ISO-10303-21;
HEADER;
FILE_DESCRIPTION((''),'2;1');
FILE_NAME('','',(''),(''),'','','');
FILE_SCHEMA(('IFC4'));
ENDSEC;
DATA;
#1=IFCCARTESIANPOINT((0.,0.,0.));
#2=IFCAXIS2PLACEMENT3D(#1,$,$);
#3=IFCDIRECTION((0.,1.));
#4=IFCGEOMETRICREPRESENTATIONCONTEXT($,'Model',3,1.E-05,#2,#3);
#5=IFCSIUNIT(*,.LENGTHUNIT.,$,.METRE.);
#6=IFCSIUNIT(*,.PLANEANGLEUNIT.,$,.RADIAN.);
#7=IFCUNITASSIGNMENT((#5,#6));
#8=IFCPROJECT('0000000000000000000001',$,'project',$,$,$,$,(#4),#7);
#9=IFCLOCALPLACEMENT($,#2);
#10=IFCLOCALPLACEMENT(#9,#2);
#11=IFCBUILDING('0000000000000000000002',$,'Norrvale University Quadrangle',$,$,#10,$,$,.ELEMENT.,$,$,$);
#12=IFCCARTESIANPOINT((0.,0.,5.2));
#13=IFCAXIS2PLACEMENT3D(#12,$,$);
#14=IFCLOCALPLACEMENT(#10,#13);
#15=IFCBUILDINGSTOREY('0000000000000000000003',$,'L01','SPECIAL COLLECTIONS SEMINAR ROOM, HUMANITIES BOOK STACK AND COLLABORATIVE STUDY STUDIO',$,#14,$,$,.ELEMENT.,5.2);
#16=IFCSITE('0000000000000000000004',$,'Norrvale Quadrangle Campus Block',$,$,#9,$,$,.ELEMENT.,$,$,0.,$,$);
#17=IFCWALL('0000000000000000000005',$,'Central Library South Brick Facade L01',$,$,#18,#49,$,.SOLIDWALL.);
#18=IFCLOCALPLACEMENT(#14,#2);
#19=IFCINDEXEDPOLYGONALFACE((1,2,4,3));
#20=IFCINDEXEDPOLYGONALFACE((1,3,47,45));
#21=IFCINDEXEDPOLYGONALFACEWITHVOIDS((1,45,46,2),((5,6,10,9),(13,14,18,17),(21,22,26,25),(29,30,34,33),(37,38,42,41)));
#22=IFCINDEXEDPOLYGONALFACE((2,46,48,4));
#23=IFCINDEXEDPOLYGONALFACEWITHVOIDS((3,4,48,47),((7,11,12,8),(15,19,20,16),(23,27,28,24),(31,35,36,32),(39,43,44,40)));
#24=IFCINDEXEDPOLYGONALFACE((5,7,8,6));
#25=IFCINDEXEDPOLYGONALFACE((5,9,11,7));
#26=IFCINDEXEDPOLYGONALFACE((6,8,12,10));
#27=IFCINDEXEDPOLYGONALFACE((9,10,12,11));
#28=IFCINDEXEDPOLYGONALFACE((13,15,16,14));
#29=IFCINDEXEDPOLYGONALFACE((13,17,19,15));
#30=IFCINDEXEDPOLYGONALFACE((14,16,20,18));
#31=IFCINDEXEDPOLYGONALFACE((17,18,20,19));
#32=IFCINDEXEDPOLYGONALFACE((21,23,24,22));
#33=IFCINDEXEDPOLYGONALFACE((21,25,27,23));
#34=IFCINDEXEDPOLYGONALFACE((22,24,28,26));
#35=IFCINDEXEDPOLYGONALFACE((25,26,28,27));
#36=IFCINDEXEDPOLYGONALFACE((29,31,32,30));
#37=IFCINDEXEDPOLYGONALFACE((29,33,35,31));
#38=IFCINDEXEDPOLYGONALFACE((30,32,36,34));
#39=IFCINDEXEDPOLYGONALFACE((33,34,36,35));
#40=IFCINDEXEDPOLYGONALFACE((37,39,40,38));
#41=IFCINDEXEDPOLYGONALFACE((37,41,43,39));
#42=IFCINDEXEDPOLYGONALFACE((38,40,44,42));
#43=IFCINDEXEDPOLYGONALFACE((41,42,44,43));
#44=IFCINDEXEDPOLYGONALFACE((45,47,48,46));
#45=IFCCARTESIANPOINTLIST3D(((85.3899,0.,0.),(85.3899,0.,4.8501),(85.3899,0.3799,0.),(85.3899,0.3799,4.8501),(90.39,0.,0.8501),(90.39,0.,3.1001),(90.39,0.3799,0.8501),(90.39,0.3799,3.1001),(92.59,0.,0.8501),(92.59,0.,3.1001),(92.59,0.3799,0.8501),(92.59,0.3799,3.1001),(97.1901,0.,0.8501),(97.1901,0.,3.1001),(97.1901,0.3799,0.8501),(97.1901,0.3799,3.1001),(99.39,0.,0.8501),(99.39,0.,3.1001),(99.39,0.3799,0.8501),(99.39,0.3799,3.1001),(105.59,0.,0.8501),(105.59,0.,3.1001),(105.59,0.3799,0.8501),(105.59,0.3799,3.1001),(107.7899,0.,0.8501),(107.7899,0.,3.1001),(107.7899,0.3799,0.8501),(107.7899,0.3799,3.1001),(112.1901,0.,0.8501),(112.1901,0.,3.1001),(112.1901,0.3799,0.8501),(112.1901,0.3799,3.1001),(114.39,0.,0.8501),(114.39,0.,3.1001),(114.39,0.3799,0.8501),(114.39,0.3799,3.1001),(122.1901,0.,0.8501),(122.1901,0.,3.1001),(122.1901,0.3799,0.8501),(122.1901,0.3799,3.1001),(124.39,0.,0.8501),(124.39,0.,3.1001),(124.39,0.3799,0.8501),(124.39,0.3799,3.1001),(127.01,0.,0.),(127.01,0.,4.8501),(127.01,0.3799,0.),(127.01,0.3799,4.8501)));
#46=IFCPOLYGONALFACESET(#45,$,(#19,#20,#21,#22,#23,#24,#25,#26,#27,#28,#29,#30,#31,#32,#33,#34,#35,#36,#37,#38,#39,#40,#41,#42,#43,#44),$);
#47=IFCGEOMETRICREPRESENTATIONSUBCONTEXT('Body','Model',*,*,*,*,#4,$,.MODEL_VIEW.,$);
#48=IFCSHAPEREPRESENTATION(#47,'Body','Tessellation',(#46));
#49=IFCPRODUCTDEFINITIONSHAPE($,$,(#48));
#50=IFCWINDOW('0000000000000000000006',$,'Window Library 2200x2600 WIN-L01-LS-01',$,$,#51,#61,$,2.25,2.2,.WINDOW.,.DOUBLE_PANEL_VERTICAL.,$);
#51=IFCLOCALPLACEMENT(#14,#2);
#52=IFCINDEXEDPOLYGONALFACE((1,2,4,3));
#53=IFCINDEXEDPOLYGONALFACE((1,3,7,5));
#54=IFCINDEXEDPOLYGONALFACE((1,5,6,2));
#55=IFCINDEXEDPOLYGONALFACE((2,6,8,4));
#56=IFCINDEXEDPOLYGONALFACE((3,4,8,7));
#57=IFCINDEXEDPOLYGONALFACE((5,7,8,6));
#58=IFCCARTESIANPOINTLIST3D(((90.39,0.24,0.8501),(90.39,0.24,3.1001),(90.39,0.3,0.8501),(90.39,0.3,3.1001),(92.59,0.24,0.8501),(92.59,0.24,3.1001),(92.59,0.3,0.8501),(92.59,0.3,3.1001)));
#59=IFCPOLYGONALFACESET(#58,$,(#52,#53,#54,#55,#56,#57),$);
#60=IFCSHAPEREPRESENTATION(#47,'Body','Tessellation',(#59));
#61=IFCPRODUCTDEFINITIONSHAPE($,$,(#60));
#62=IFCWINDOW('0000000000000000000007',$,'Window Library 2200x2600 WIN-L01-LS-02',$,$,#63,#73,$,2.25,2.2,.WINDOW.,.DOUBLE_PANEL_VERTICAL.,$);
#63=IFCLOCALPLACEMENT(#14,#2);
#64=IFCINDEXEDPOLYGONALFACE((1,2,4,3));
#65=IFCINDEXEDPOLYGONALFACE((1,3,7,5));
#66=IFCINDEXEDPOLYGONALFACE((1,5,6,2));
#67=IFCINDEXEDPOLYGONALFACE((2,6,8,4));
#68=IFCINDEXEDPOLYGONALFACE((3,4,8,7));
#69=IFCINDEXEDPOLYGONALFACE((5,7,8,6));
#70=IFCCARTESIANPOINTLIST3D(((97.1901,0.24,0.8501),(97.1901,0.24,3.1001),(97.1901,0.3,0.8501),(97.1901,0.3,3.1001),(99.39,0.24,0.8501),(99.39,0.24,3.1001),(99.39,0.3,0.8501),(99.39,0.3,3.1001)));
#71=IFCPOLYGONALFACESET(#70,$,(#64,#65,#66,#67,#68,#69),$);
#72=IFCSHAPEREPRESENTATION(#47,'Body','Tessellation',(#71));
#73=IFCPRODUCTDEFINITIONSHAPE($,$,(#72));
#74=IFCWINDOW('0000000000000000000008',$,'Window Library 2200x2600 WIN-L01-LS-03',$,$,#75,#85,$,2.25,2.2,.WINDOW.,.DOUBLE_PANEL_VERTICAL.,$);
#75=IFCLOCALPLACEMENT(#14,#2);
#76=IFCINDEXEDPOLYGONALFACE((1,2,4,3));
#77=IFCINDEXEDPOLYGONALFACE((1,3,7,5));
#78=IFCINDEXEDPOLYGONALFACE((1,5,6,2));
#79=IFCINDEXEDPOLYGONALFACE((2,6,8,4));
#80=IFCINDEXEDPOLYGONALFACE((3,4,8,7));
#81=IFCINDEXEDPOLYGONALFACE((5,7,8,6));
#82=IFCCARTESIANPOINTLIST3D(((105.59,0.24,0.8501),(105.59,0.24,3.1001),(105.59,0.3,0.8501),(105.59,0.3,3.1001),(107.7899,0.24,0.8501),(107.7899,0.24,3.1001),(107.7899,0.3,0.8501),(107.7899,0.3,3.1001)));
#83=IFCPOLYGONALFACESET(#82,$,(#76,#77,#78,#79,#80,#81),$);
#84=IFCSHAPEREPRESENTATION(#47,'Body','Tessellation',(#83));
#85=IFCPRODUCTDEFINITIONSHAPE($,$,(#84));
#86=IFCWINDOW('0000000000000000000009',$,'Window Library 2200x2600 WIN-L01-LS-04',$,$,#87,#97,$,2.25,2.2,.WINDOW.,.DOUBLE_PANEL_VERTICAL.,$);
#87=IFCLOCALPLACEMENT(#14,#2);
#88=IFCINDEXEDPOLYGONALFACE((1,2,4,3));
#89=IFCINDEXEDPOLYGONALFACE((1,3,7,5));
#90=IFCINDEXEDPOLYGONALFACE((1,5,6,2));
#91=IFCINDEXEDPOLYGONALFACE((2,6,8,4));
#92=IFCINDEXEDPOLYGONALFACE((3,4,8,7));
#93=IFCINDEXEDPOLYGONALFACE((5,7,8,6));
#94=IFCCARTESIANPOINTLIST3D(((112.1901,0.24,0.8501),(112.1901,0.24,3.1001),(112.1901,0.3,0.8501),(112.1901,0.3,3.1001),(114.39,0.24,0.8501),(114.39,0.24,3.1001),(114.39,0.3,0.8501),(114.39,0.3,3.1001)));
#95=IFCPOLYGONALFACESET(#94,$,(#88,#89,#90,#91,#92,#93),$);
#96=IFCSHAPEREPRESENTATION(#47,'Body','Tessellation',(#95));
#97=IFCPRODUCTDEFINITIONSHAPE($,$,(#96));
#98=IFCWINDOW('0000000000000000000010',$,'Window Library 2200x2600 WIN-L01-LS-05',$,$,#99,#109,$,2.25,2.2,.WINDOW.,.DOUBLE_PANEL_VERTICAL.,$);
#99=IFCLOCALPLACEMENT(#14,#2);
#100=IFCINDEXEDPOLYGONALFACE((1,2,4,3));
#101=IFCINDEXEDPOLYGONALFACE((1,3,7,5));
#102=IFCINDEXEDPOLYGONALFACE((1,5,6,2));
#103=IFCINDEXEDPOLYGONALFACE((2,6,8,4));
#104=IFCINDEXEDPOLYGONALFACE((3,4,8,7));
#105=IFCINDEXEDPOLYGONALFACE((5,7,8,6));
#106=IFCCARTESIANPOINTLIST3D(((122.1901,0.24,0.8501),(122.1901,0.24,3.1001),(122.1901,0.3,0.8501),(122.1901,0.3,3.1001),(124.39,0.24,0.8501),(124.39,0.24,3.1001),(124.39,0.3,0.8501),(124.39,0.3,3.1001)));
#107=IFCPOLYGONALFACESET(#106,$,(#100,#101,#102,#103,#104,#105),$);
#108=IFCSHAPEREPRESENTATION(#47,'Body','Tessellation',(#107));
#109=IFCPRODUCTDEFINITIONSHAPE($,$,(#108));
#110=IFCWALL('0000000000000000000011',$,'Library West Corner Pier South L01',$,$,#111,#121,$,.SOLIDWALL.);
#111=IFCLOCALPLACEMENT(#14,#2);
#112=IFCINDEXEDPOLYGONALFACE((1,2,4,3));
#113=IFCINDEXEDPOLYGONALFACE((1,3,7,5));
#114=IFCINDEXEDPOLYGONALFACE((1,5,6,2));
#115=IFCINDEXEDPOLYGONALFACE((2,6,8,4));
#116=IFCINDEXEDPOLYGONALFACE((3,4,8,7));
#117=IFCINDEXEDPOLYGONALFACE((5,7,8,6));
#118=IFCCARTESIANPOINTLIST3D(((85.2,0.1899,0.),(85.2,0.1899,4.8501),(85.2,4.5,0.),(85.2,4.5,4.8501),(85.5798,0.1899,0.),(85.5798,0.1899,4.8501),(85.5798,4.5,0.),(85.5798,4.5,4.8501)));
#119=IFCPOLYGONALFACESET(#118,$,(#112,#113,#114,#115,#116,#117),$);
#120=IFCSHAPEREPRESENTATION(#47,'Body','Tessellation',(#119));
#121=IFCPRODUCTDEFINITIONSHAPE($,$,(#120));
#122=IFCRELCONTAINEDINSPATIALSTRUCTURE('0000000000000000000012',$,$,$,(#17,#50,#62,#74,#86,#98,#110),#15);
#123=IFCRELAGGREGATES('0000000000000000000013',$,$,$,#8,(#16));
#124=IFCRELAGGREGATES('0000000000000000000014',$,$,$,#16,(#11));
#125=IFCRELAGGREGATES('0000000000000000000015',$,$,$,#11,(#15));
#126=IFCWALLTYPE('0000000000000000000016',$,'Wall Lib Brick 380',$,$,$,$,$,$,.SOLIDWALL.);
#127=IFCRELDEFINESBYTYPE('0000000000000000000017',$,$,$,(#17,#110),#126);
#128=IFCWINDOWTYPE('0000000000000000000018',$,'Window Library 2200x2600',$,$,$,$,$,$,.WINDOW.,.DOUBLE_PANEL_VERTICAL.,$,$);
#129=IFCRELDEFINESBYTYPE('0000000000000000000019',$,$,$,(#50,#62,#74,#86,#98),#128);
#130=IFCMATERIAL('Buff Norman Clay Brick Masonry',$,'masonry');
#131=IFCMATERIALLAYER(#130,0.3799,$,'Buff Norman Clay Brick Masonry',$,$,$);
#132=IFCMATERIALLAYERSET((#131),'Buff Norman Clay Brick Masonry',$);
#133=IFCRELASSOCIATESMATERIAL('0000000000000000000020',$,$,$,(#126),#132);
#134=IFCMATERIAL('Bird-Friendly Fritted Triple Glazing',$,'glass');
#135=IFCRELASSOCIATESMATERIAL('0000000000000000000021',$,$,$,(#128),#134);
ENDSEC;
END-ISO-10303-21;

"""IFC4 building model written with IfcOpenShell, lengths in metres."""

from ifc_helpers import new_model, si_unit, direction, frame, frame_2d, origin, place, context, subcontext, project, spatial, rectangle, extrude, material, layer, layer_set, type_object, element, fill, save


model = new_model("IFC4")

# Units and contexts
model_context = context("Model", 3, precision=1e-05, world=origin(), true_north=direction((0.0, 1.0)))
body_context = subcontext(model_context, "Body", "Model", "MODEL_VIEW")
ifc_project = project(units=[si_unit("LENGTHUNIT", "METRE"), si_unit("PLANEANGLEUNIT", "RADIAN")], contexts=[model_context])

# Site, building, storey
site_placement = place(None, origin())
site = spatial("IfcSite", under=ifc_project, at=site_placement, Name="Norrvale Quadrangle Campus Block", CompositionType="ELEMENT", RefElevation=0.0)
building_placement = place(site_placement, origin())
building = spatial("IfcBuilding", under=site, at=building_placement, Name="Norrvale University Quadrangle", CompositionType="ELEMENT")
storey_placement = place(building_placement, frame((0.0, 0.0, 5.2)))
storey = spatial("IfcBuildingStorey", under=building, at=storey_placement, Name="L01", Description="SPECIAL COLLECTIONS SEMINAR ROOM, HUMANITIES BOOK STACK AND COLLABORATIVE STUDY STUDIO", CompositionType="ELEMENT", Elevation=5.2)

# Wall, openings, windows
ifc_material_1 = material(Name="Buff Norman Clay Brick Masonry", Category="masonry")
ifc_layer = layer(ifc_material_1, 0.3799, Name="Buff Norman Clay Brick Masonry")
ifc_layer_set = layer_set([ifc_layer], Name="Buff Norman Clay Brick Masonry")
wall_type = type_object("IfcWallType", Name="Wall Lib Brick 380", PredefinedType="SOLIDWALL", material=ifc_layer_set)
wall_1_placement = place(storey_placement, frame((85.3899, 0.1899, 0.0), z_axis=(0.0, 0.0, 1.0), x_axis=(1.0, 0.0, 0.0)))
wall_1 = element("IfcWall", 1, at=wall_1_placement, inside=storey, type_object=wall_type, Name="Central Library South Brick Facade L01", PredefinedType="SOLIDWALL", context=body_context, shape_type="SweptSolid", body=[
    extrude(rectangle(XDim=41.6201, YDim=0.3799, at=frame_2d((20.8101, 0.0))), origin(), (0.0, 0.0, 1.0), 4.8501),
])
opening_1_placement = place(wall_1_placement, frame((5.0, 0.0, 0.8501)))
opening_1 = element("IfcOpeningElement", 2, at=opening_1_placement, cuts=wall_1, PredefinedType="OPENING", context=body_context, shape_type="SweptSolid", body=[
    extrude(rectangle(XDim=2.2, YDim=2.25, at=frame_2d((1.1001, 1.125))), frame((0.0, 0.2019, 0.0), z_axis=(0.0, -1.0, 0.0), x_axis=(1.0, 0.0, 0.0)), (0.0, 0.0, 1.0), 0.4038),
])
opening_2_placement = place(wall_1_placement, frame((11.8, 0.0, 0.8501)))
opening_2 = element("IfcOpeningElement", 3, at=opening_2_placement, cuts=wall_1, PredefinedType="OPENING", context=body_context, shape_type="SweptSolid", body=[
    extrude(rectangle(XDim=2.2, YDim=2.25, at=frame_2d((1.1001, 1.125))), frame((0.0, 0.2019, 0.0), z_axis=(0.0, -1.0, 0.0), x_axis=(1.0, 0.0, 0.0)), (0.0, 0.0, 1.0), 0.4038),
])
opening_3_placement = place(wall_1_placement, frame((20.2, 0.0, 0.8501)))
opening_3 = element("IfcOpeningElement", 4, at=opening_3_placement, cuts=wall_1, PredefinedType="OPENING", context=body_context, shape_type="SweptSolid", body=[
    extrude(rectangle(XDim=2.2, YDim=2.25, at=frame_2d((1.1001, 1.125))), frame((0.0, 0.2019, 0.0), z_axis=(0.0, -1.0, 0.0), x_axis=(1.0, 0.0, 0.0)), (0.0, 0.0, 1.0), 0.4038),
])
opening_4_placement = place(wall_1_placement, frame((26.8, 0.0, 0.8501)))
opening_4 = element("IfcOpeningElement", 5, at=opening_4_placement, cuts=wall_1, PredefinedType="OPENING", context=body_context, shape_type="SweptSolid", body=[
    extrude(rectangle(XDim=2.2, YDim=2.25, at=frame_2d((1.1001, 1.125))), frame((0.0, 0.2019, 0.0), z_axis=(0.0, -1.0, 0.0), x_axis=(1.0, 0.0, 0.0)), (0.0, 0.0, 1.0), 0.4038),
])
opening_5_placement = place(wall_1_placement, frame((36.8, 0.0, 0.8501)))
opening_5 = element("IfcOpeningElement", 6, at=opening_5_placement, cuts=wall_1, PredefinedType="OPENING", context=body_context, shape_type="SweptSolid", body=[
    extrude(rectangle(XDim=2.2, YDim=2.25, at=frame_2d((1.1001, 1.125))), frame((0.0, 0.2019, 0.0), z_axis=(0.0, -1.0, 0.0), x_axis=(1.0, 0.0, 0.0)), (0.0, 0.0, 1.0), 0.4038),
])
ifc_material_2 = material(Name="Bird-Friendly Fritted Triple Glazing", Category="glass")
window_type = type_object("IfcWindowType", Name="Window Library 2200x2600", PartitioningType="DOUBLE_PANEL_VERTICAL", PredefinedType="WINDOW", material=ifc_material_2)
window_1_placement = place(opening_1_placement, origin())
window_1 = element("IfcWindow", 7, at=window_1_placement, inside=storey, type_object=window_type, Name="Window Library 2200x2600 WIN-L01-LS-01", OverallHeight=2.25, OverallWidth=2.2, PartitioningType="DOUBLE_PANEL_VERTICAL", PredefinedType="WINDOW", context=body_context, shape_type="SweptSolid", body=[
    extrude(rectangle(XDim=2.2, YDim=2.25, at=frame_2d((1.1001, 1.125))), frame((0.0, 0.1101, 0.0), z_axis=(0.0, -1.0, 0.0), x_axis=(1.0, 0.0, 0.0)), (0.0, 0.0, 1.0), 0.0601),
])
fill(opening_1, window_1)
window_2_placement = place(opening_2_placement, origin())
window_2 = element("IfcWindow", 8, at=window_2_placement, inside=storey, type_object=window_type, Name="Window Library 2200x2600 WIN-L01-LS-02", OverallHeight=2.25, OverallWidth=2.2, PartitioningType="DOUBLE_PANEL_VERTICAL", PredefinedType="WINDOW", context=body_context, shape_type="SweptSolid", body=[
    extrude(rectangle(XDim=2.2, YDim=2.25, at=frame_2d((1.1001, 1.125))), frame((0.0, 0.1101, 0.0), z_axis=(0.0, -1.0, 0.0), x_axis=(1.0, 0.0, 0.0)), (0.0, 0.0, 1.0), 0.0601),
])
fill(opening_2, window_2)
window_3_placement = place(opening_3_placement, origin())
window_3 = element("IfcWindow", 9, at=window_3_placement, inside=storey, type_object=window_type, Name="Window Library 2200x2600 WIN-L01-LS-03", OverallHeight=2.25, OverallWidth=2.2, PartitioningType="DOUBLE_PANEL_VERTICAL", PredefinedType="WINDOW", context=body_context, shape_type="SweptSolid", body=[
    extrude(rectangle(XDim=2.2, YDim=2.25, at=frame_2d((1.1001, 1.125))), frame((0.0, 0.1101, 0.0), z_axis=(0.0, -1.0, 0.0), x_axis=(1.0, 0.0, 0.0)), (0.0, 0.0, 1.0), 0.0601),
])
fill(opening_3, window_3)
window_4_placement = place(opening_4_placement, origin())
window_4 = element("IfcWindow", 10, at=window_4_placement, inside=storey, type_object=window_type, Name="Window Library 2200x2600 WIN-L01-LS-04", OverallHeight=2.25, OverallWidth=2.2, PartitioningType="DOUBLE_PANEL_VERTICAL", PredefinedType="WINDOW", context=body_context, shape_type="SweptSolid", body=[
    extrude(rectangle(XDim=2.2, YDim=2.25, at=frame_2d((1.1001, 1.125))), frame((0.0, 0.1101, 0.0), z_axis=(0.0, -1.0, 0.0), x_axis=(1.0, 0.0, 0.0)), (0.0, 0.0, 1.0), 0.0601),
])
fill(opening_4, window_4)
window_5_placement = place(opening_5_placement, origin())
window_5 = element("IfcWindow", 11, at=window_5_placement, inside=storey, type_object=window_type, Name="Window Library 2200x2600 WIN-L01-LS-05", OverallHeight=2.25, OverallWidth=2.2, PartitioningType="DOUBLE_PANEL_VERTICAL", PredefinedType="WINDOW", context=body_context, shape_type="SweptSolid", body=[
    extrude(rectangle(XDim=2.2, YDim=2.25, at=frame_2d((1.1001, 1.125))), frame((0.0, 0.1101, 0.0), z_axis=(0.0, -1.0, 0.0), x_axis=(1.0, 0.0, 0.0)), (0.0, 0.0, 1.0), 0.0601),
])
fill(opening_5, window_5)

# Wall
wall_2_placement = place(storey_placement, frame((85.3899, 0.1899, 0.0), z_axis=(0.0, 0.0, 1.0), x_axis=(0.0, 1.0, 0.0)))
element("IfcWall", 12, at=wall_2_placement, inside=storey, type_object=wall_type, Name="Library West Corner Pier South L01", PredefinedType="SOLIDWALL", context=body_context, shape_type="SweptSolid", body=[
    extrude(rectangle(XDim=4.3101, YDim=0.3799, at=frame_2d((2.155, 0.0))), origin(), (0.0, 0.0, 1.0), 4.8501),
])

save(model, "model.ifc")
